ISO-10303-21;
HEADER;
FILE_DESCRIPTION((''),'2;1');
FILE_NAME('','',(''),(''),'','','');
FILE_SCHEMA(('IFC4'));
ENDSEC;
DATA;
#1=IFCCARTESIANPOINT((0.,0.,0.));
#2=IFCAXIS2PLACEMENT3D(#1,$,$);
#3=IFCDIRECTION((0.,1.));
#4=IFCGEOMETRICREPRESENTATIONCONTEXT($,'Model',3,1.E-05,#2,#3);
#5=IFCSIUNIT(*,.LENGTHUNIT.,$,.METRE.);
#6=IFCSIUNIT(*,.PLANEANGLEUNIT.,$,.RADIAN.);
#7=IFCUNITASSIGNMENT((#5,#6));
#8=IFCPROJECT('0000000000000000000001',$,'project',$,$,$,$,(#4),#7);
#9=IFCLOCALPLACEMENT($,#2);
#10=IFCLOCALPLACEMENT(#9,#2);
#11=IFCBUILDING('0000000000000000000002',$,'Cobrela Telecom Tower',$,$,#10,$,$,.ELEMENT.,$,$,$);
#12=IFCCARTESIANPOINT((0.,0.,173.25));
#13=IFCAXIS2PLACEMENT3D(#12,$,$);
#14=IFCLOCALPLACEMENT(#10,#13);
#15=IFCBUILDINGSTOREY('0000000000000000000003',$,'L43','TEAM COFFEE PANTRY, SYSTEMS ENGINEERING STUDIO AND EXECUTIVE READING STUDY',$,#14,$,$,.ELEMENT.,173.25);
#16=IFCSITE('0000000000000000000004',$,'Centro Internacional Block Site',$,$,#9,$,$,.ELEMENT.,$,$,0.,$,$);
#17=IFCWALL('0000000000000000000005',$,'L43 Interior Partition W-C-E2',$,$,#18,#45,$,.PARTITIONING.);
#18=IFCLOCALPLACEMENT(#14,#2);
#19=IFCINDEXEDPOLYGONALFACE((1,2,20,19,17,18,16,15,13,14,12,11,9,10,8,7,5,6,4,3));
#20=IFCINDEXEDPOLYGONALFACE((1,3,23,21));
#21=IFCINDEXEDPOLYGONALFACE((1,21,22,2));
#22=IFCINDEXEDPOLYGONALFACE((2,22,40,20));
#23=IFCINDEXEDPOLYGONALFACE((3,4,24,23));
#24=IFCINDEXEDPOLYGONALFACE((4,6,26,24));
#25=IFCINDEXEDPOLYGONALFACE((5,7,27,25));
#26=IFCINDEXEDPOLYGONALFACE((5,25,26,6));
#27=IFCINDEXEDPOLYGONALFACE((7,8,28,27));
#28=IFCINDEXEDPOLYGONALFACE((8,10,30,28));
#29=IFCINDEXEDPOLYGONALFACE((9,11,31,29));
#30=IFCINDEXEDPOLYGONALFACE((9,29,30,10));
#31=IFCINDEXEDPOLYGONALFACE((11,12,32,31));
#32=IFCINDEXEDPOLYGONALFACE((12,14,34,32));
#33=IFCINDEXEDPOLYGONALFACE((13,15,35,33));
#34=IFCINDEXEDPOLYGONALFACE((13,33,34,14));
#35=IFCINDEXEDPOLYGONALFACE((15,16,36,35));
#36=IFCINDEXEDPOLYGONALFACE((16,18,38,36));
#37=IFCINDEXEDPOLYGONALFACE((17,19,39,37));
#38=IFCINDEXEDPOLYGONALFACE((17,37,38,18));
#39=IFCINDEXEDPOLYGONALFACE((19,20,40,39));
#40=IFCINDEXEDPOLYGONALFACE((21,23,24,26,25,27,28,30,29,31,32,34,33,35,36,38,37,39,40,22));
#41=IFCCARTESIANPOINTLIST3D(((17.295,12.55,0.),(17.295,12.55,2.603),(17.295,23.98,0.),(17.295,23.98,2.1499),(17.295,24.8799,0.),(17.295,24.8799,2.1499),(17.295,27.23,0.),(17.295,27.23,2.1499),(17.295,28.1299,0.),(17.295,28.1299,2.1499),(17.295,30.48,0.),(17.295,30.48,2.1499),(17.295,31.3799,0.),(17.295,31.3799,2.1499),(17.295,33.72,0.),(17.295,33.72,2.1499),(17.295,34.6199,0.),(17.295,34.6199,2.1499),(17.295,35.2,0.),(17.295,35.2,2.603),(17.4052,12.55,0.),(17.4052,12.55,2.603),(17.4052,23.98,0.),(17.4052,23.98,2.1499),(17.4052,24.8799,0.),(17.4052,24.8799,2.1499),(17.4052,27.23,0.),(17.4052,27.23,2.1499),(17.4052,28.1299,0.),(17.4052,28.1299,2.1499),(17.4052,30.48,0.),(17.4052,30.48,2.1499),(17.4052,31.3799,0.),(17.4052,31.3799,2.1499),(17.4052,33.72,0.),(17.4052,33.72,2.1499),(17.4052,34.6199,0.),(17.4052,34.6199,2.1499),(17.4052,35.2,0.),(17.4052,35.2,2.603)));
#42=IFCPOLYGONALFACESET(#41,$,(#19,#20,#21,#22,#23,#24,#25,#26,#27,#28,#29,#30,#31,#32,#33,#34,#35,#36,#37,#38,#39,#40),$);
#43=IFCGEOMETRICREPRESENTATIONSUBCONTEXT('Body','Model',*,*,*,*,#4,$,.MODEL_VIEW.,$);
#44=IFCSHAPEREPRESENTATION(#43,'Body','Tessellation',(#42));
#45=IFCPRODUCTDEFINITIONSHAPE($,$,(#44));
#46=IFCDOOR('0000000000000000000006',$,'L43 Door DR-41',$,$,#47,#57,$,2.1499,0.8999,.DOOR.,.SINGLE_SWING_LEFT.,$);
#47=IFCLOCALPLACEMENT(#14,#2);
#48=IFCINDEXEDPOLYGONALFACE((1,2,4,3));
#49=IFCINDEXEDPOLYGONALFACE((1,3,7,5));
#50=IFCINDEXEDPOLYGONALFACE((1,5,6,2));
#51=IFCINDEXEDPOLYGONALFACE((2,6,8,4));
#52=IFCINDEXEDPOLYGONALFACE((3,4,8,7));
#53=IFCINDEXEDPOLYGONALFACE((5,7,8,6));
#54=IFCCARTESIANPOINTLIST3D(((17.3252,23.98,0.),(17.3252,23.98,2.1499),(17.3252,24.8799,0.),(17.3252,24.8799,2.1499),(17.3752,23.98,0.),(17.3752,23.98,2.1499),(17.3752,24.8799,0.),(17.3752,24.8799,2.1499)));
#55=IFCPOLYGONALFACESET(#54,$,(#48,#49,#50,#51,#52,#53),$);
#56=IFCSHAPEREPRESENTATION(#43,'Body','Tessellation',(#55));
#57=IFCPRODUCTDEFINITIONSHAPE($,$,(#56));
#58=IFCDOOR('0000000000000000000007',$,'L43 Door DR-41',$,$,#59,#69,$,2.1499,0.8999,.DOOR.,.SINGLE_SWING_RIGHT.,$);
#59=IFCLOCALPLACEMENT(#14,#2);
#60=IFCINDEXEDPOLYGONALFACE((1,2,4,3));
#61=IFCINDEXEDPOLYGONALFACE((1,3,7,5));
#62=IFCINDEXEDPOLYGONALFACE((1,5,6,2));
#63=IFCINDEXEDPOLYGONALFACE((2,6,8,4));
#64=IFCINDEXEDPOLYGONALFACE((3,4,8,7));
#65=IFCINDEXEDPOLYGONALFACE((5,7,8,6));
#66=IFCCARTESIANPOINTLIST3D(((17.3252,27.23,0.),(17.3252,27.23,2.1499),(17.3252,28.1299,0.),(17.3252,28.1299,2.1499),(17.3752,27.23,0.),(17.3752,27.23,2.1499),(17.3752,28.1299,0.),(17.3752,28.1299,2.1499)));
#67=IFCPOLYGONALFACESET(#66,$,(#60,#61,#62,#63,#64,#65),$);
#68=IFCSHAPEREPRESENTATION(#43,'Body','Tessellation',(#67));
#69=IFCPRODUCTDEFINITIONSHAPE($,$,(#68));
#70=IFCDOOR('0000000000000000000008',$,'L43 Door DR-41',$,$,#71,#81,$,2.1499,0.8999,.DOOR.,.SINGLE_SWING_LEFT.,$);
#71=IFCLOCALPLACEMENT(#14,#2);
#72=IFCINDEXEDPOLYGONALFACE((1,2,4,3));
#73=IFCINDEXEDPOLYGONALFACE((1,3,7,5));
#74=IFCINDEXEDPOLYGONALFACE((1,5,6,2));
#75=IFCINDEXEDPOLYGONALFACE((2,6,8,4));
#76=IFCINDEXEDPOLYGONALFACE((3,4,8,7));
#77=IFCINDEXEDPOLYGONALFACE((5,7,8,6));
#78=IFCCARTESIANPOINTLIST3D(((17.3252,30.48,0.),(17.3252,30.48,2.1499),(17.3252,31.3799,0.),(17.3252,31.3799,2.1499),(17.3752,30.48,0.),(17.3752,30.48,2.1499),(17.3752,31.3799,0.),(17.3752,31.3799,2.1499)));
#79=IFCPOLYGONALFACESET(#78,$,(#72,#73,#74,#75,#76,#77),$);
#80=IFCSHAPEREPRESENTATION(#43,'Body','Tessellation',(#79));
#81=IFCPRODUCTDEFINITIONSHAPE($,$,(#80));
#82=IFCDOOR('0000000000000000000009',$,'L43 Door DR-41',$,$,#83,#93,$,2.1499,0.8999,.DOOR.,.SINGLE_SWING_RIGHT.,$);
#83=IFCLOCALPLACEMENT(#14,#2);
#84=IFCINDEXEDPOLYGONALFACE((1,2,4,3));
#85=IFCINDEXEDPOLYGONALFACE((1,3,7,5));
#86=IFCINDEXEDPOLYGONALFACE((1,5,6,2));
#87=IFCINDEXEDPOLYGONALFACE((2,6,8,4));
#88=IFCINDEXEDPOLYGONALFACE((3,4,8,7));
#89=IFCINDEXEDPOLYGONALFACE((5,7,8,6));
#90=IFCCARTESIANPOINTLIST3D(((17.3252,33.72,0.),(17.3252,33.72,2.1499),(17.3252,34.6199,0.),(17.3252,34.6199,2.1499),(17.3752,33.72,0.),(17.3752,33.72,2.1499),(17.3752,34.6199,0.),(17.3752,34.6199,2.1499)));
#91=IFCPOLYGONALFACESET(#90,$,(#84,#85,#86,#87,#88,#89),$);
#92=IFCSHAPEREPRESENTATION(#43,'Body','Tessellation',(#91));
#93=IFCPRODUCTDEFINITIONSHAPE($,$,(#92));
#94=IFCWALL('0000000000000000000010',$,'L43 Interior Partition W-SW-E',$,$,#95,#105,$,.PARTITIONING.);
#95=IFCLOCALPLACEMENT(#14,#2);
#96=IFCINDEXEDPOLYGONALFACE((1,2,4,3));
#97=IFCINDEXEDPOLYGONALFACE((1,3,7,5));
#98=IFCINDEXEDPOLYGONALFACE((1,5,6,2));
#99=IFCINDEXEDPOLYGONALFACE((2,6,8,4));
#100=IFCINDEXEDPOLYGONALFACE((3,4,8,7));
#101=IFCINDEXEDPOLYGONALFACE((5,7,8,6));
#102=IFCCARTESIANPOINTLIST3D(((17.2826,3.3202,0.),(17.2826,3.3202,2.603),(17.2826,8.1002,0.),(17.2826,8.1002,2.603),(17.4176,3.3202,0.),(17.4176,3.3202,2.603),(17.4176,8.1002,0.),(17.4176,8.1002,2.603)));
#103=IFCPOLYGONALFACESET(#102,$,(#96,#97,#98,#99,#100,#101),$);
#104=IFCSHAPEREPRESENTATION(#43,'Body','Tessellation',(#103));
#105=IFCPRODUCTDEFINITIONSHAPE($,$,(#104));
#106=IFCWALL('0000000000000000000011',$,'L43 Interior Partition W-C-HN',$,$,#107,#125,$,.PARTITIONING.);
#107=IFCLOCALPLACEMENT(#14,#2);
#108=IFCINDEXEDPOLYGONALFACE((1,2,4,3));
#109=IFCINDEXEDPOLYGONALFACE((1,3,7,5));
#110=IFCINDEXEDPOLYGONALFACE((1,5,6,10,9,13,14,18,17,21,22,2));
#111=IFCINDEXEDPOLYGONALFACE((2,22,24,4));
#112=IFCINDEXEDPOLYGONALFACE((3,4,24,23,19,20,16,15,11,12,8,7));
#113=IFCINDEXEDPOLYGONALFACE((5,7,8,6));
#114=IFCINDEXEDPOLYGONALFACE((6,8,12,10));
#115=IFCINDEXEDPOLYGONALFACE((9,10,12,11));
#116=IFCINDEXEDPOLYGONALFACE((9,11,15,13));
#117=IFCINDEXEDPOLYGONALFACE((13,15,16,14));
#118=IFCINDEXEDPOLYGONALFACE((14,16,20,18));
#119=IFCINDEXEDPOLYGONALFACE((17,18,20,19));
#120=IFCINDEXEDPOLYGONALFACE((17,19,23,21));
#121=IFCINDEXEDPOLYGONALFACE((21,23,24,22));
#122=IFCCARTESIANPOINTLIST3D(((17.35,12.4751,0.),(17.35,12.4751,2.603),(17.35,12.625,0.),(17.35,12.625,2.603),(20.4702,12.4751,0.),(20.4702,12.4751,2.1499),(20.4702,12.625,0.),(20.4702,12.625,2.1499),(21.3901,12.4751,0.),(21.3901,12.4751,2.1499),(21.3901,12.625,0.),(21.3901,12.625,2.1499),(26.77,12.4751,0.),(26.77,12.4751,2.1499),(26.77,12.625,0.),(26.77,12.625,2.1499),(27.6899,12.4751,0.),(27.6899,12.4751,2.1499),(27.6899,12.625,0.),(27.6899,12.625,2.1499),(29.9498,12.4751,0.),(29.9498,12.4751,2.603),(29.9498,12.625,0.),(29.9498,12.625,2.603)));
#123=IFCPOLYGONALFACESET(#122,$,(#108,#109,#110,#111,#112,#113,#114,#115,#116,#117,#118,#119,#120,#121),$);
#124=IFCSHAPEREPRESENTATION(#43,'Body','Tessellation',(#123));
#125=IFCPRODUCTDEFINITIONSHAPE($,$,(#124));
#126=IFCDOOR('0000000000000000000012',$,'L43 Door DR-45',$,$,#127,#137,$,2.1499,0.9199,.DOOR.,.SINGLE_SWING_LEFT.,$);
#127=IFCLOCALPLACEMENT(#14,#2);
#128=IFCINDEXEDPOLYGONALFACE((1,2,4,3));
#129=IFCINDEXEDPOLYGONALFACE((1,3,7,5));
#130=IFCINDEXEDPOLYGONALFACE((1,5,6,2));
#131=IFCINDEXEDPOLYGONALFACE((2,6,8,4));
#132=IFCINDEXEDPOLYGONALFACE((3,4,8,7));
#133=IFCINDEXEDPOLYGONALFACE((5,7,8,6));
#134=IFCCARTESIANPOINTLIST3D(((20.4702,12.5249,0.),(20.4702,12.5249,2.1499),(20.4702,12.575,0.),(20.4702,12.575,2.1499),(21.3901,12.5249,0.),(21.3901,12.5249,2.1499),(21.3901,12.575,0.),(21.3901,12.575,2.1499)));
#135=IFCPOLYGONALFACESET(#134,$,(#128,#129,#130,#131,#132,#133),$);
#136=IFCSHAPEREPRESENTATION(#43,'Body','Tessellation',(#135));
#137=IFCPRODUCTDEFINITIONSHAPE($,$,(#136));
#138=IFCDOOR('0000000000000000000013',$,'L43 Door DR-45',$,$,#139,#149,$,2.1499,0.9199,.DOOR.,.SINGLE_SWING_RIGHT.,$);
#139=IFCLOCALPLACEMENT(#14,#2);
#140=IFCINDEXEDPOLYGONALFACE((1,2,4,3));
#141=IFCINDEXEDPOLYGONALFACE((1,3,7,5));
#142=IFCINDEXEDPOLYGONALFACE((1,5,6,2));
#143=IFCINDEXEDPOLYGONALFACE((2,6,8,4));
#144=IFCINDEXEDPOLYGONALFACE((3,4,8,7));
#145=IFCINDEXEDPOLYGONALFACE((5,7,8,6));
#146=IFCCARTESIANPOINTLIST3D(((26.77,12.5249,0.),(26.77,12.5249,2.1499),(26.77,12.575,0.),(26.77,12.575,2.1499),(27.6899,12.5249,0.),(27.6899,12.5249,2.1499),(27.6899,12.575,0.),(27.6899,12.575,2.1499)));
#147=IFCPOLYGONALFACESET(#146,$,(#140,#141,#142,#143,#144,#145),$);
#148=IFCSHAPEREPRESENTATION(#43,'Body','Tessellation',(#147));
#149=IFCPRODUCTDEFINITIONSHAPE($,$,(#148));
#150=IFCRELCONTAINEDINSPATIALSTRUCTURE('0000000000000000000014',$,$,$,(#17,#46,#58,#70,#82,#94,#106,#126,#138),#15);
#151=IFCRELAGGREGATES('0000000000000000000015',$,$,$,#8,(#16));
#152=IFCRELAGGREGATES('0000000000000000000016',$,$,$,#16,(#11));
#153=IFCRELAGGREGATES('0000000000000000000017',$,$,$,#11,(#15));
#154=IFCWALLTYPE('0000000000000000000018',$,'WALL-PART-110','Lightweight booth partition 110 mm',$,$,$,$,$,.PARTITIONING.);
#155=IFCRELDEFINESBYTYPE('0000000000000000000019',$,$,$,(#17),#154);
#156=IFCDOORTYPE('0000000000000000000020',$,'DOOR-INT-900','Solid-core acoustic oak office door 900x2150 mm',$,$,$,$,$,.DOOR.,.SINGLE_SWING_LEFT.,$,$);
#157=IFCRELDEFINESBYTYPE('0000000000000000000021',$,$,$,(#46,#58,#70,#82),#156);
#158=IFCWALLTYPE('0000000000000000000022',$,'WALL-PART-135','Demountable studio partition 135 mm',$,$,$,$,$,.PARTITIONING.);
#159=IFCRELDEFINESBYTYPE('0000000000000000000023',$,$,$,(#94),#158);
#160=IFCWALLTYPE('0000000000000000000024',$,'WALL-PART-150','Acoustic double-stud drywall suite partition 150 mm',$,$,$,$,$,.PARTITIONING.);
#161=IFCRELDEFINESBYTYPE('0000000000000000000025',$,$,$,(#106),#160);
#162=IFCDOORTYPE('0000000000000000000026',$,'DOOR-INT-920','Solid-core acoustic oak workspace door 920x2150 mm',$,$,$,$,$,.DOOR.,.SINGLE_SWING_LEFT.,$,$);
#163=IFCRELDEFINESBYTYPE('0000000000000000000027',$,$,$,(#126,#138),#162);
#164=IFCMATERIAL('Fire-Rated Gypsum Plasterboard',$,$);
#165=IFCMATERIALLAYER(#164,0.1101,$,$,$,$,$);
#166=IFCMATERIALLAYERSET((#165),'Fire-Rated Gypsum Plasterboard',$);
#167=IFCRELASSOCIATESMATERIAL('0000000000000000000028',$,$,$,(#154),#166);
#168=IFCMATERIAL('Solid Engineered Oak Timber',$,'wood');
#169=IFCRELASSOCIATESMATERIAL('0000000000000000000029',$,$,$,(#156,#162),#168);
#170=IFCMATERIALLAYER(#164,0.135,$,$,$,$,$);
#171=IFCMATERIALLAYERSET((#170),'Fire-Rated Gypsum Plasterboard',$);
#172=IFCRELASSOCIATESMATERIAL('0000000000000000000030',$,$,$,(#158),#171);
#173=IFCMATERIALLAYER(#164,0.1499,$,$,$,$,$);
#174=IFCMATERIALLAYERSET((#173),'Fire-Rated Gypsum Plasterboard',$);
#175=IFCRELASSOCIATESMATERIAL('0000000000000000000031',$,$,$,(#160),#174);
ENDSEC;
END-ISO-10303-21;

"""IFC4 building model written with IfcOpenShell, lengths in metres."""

from ifc_helpers import new_model, si_unit, direction, frame, frame_2d, origin, place, context, subcontext, project, spatial, rectangle, extrude, material, layer, layer_set, type_object, element, fill, save


model = new_model("IFC4")

# Units and contexts
model_context = context("Model", 3, precision=1e-05, world=origin(), true_north=direction((0.0, 1.0)))
body_context = subcontext(model_context, "Body", "Model", "MODEL_VIEW")
ifc_project = project(units=[si_unit("LENGTHUNIT", "METRE"), si_unit("PLANEANGLEUNIT", "RADIAN")], contexts=[model_context])

# Site, building, storey
site_placement = place(None, origin())
site = spatial("IfcSite", under=ifc_project, at=site_placement, Name="Centro Internacional Block Site", CompositionType="ELEMENT", RefElevation=0.0)
building_placement = place(site_placement, origin())
building = spatial("IfcBuilding", under=site, at=building_placement, Name="Cobrela Telecom Tower", CompositionType="ELEMENT")
storey_placement = place(building_placement, frame((0.0, 0.0, 173.25)))
storey = spatial("IfcBuildingStorey", under=building, at=storey_placement, Name="L43", Description="TEAM COFFEE PANTRY, SYSTEMS ENGINEERING STUDIO AND EXECUTIVE READING STUDY", CompositionType="ELEMENT", Elevation=173.25)

# Wall, openings, doors
ifc_material_1 = material(Name="Fire-Rated Gypsum Plasterboard")
ifc_layer_1 = layer(ifc_material_1, 0.1101)
ifc_layer_set_1 = layer_set([ifc_layer_1], Name="Fire-Rated Gypsum Plasterboard")
wall_type_1 = type_object("IfcWallType", Name="WALL-PART-110", Description="Lightweight booth partition 110 mm", PredefinedType="PARTITIONING", material=ifc_layer_set_1)
wall_1_placement = place(storey_placement, frame((17.3501, 12.55, 0.0), z_axis=(0.0, 0.0, 1.0), x_axis=(0.0, 1.0, 0.0)))
wall_1 = element("IfcWall", 1, at=wall_1_placement, inside=storey, type_object=wall_type_1, Name="L43 Interior Partition W-C-E2", PredefinedType="PARTITIONING", context=body_context, shape_type="SweptSolid", body=[
    extrude(rectangle(XDim=22.6499, YDim=0.1101, at=frame_2d((11.325, 0.0))), origin(), (0.0, 0.0, 1.0), 2.603),
])
opening_1_placement = place(wall_1_placement, frame((11.4299, 0.0, 0.0)))
opening_1 = element("IfcOpeningElement", 2, at=opening_1_placement, cuts=wall_1, PredefinedType="OPENING", context=body_context, shape_type="SweptSolid", body=[
    extrude(rectangle(XDim=0.8999, YDim=2.1499, at=frame_2d((0.45, 1.075))), frame((0.0, 0.0669, 0.0), z_axis=(0.0, -1.0, 0.0), x_axis=(1.0, 0.0, 0.0)), (0.0, 0.0, 1.0), 0.134),
])
opening_2_placement = place(wall_1_placement, frame((14.6799, 0.0, 0.0)))
opening_2 = element("IfcOpeningElement", 3, at=opening_2_placement, cuts=wall_1, PredefinedType="OPENING", context=body_context, shape_type="SweptSolid", body=[
    extrude(rectangle(XDim=0.8999, YDim=2.1499, at=frame_2d((0.45, 1.075))), frame((0.0, 0.0669, 0.0), z_axis=(0.0, -1.0, 0.0), x_axis=(1.0, 0.0, 0.0)), (0.0, 0.0, 1.0), 0.134),
])
opening_3_placement = place(wall_1_placement, frame((17.9299, 0.0, 0.0)))
opening_3 = element("IfcOpeningElement", 4, at=opening_3_placement, cuts=wall_1, PredefinedType="OPENING", context=body_context, shape_type="SweptSolid", body=[
    extrude(rectangle(XDim=0.8999, YDim=2.1499, at=frame_2d((0.45, 1.075))), frame((0.0, 0.0669, 0.0), z_axis=(0.0, -1.0, 0.0), x_axis=(1.0, 0.0, 0.0)), (0.0, 0.0, 1.0), 0.134),
])
opening_4_placement = place(wall_1_placement, frame((21.1699, 0.0, 0.0)))
opening_4 = element("IfcOpeningElement", 5, at=opening_4_placement, cuts=wall_1, PredefinedType="OPENING", context=body_context, shape_type="SweptSolid", body=[
    extrude(rectangle(XDim=0.8999, YDim=2.1499, at=frame_2d((0.45, 1.075))), frame((0.0, 0.0669, 0.0), z_axis=(0.0, -1.0, 0.0), x_axis=(1.0, 0.0, 0.0)), (0.0, 0.0, 1.0), 0.134),
])
ifc_material_2 = material(Name="Solid Engineered Oak Timber", Category="wood")
door_type_1 = type_object("IfcDoorType", Name="DOOR-INT-900", Description="Solid-core acoustic oak office door 900x2150 mm", OperationType="SINGLE_SWING_LEFT", PredefinedType="DOOR", material=ifc_material_2)
door_1_placement = place(opening_1_placement, origin())
door_1 = element("IfcDoor", 6, at=door_1_placement, inside=storey, type_object=door_type_1, Name="L43 Door DR-41", OperationType="SINGLE_SWING_LEFT", OverallHeight=2.1499, OverallWidth=0.8999, PredefinedType="DOOR", context=body_context, shape_type="SweptSolid", body=[
    extrude(rectangle(XDim=0.8999, YDim=2.1499, at=frame_2d((0.45, 1.075))), frame((0.0, 0.0249, 0.0), z_axis=(0.0, -1.0, 0.0), x_axis=(1.0, 0.0, 0.0)), (0.0, 0.0, 1.0), 0.05),
])
fill(opening_1, door_1)
door_2_placement = place(opening_2_placement, origin())
door_2 = element("IfcDoor", 7, at=door_2_placement, inside=storey, type_object=door_type_1, Name="L43 Door DR-41", OperationType="SINGLE_SWING_RIGHT", OverallHeight=2.1499, OverallWidth=0.8999, PredefinedType="DOOR", context=body_context, shape_type="SweptSolid", body=[
    extrude(rectangle(XDim=0.8999, YDim=2.1499, at=frame_2d((0.45, 1.075))), frame((0.0, 0.0249, 0.0), z_axis=(0.0, -1.0, 0.0), x_axis=(1.0, 0.0, 0.0)), (0.0, 0.0, 1.0), 0.05),
])
fill(opening_2, door_2)
door_3_placement = place(opening_3_placement, origin())
door_3 = element("IfcDoor", 8, at=door_3_placement, inside=storey, type_object=door_type_1, Name="L43 Door DR-41", OperationType="SINGLE_SWING_LEFT", OverallHeight=2.1499, OverallWidth=0.8999, PredefinedType="DOOR", context=body_context, shape_type="SweptSolid", body=[
    extrude(rectangle(XDim=0.8999, YDim=2.1499, at=frame_2d((0.45, 1.075))), frame((0.0, 0.0249, 0.0), z_axis=(0.0, -1.0, 0.0), x_axis=(1.0, 0.0, 0.0)), (0.0, 0.0, 1.0), 0.05),
])
fill(opening_3, door_3)
door_4_placement = place(opening_4_placement, origin())
door_4 = element("IfcDoor", 9, at=door_4_placement, inside=storey, type_object=door_type_1, Name="L43 Door DR-41", OperationType="SINGLE_SWING_RIGHT", OverallHeight=2.1499, OverallWidth=0.8999, PredefinedType="DOOR", context=body_context, shape_type="SweptSolid", body=[
    extrude(rectangle(XDim=0.8999, YDim=2.1499, at=frame_2d((0.45, 1.075))), frame((0.0, 0.0249, 0.0), z_axis=(0.0, -1.0, 0.0), x_axis=(1.0, 0.0, 0.0)), (0.0, 0.0, 1.0), 0.05),
])
fill(opening_4, door_4)

# Wall
ifc_layer_2 = layer(ifc_material_1, 0.135)
ifc_layer_set_2 = layer_set([ifc_layer_2], Name="Fire-Rated Gypsum Plasterboard")
wall_type_2 = type_object("IfcWallType", Name="WALL-PART-135", Description="Demountable studio partition 135 mm", PredefinedType="PARTITIONING", material=ifc_layer_set_2)
wall_2_placement = place(storey_placement, frame((17.3501, 3.3201, 0.0), z_axis=(0.0, 0.0, 1.0), x_axis=(0.0, 1.0, 0.0)))
element("IfcWall", 10, at=wall_2_placement, inside=storey, type_object=wall_type_2, Name="L43 Interior Partition W-SW-E", PredefinedType="PARTITIONING", context=body_context, shape_type="SweptSolid", body=[
    extrude(rectangle(XDim=4.78, YDim=0.135, at=frame_2d((2.3901, 0.0))), origin(), (0.0, 0.0, 1.0), 2.603),
])

# Wall, openings, doors
ifc_layer_3 = layer(ifc_material_1, 0.1499)
ifc_layer_set_3 = layer_set([ifc_layer_3], Name="Fire-Rated Gypsum Plasterboard")
wall_type_3 = type_object("IfcWallType", Name="WALL-PART-150", Description="Acoustic double-stud drywall suite partition 150 mm", PredefinedType="PARTITIONING", material=ifc_layer_set_3)
wall_3_placement = place(storey_placement, frame((17.3501, 12.55, 0.0), z_axis=(0.0, 0.0, 1.0), x_axis=(1.0, 0.0, 0.0)))
wall_3 = element("IfcWall", 11, at=wall_3_placement, inside=storey, type_object=wall_type_3, Name="L43 Interior Partition W-C-HN", PredefinedType="PARTITIONING", context=body_context, shape_type="SweptSolid", body=[
    extrude(rectangle(XDim=12.5999, YDim=0.1499, at=frame_2d((6.2998, 0.0))), origin(), (0.0, 0.0, 1.0), 2.603),
])
opening_5_placement = place(wall_3_placement, frame((3.1201, 0.0, 0.0)))
opening_5 = element("IfcOpeningElement", 12, at=opening_5_placement, cuts=wall_3, PredefinedType="OPENING", context=body_context, shape_type="SweptSolid", body=[
    extrude(rectangle(XDim=0.9199, YDim=2.1499, at=frame_2d((0.46, 1.075))), frame((0.0, 0.0869, 0.0), z_axis=(0.0, -1.0, 0.0), x_axis=(1.0, 0.0, 0.0)), (0.0, 0.0, 1.0), 0.1738),
])
opening_6_placement = place(wall_3_placement, frame((9.4199, 0.0, 0.0)))
opening_6 = element("IfcOpeningElement", 13, at=opening_6_placement, cuts=wall_3, PredefinedType="OPENING", context=body_context, shape_type="SweptSolid", body=[
    extrude(rectangle(XDim=0.9199, YDim=2.1499, at=frame_2d((0.46, 1.075))), frame((0.0, 0.0869, 0.0), z_axis=(0.0, -1.0, 0.0), x_axis=(1.0, 0.0, 0.0)), (0.0, 0.0, 1.0), 0.1738),
])
door_type_2 = type_object("IfcDoorType", Name="DOOR-INT-920", Description="Solid-core acoustic oak workspace door 920x2150 mm", OperationType="SINGLE_SWING_LEFT", PredefinedType="DOOR", material=ifc_material_2)
door_5_placement = place(opening_5_placement, origin())
door_5 = element("IfcDoor", 14, at=door_5_placement, inside=storey, type_object=door_type_2, Name="L43 Door DR-45", OperationType="SINGLE_SWING_LEFT", OverallHeight=2.1499, OverallWidth=0.9199, PredefinedType="DOOR", context=body_context, shape_type="SweptSolid", body=[
    extrude(rectangle(XDim=0.9199, YDim=2.1499, at=frame_2d((0.46, 1.075))), frame((0.0, 0.0249, 0.0), z_axis=(0.0, -1.0, 0.0), x_axis=(1.0, 0.0, 0.0)), (0.0, 0.0, 1.0), 0.05),
])
fill(opening_5, door_5)
door_6_placement = place(opening_6_placement, origin())
door_6 = element("IfcDoor", 15, at=door_6_placement, inside=storey, type_object=door_type_2, Name="L43 Door DR-45", OperationType="SINGLE_SWING_RIGHT", OverallHeight=2.1499, OverallWidth=0.9199, PredefinedType="DOOR", context=body_context, shape_type="SweptSolid", body=[
    extrude(rectangle(XDim=0.9199, YDim=2.1499, at=frame_2d((0.46, 1.075))), frame((0.0, 0.0249, 0.0), z_axis=(0.0, -1.0, 0.0), x_axis=(1.0, 0.0, 0.0)), (0.0, 0.0, 1.0), 0.05),
])
fill(opening_6, door_6)

save(model, "model.ifc")
